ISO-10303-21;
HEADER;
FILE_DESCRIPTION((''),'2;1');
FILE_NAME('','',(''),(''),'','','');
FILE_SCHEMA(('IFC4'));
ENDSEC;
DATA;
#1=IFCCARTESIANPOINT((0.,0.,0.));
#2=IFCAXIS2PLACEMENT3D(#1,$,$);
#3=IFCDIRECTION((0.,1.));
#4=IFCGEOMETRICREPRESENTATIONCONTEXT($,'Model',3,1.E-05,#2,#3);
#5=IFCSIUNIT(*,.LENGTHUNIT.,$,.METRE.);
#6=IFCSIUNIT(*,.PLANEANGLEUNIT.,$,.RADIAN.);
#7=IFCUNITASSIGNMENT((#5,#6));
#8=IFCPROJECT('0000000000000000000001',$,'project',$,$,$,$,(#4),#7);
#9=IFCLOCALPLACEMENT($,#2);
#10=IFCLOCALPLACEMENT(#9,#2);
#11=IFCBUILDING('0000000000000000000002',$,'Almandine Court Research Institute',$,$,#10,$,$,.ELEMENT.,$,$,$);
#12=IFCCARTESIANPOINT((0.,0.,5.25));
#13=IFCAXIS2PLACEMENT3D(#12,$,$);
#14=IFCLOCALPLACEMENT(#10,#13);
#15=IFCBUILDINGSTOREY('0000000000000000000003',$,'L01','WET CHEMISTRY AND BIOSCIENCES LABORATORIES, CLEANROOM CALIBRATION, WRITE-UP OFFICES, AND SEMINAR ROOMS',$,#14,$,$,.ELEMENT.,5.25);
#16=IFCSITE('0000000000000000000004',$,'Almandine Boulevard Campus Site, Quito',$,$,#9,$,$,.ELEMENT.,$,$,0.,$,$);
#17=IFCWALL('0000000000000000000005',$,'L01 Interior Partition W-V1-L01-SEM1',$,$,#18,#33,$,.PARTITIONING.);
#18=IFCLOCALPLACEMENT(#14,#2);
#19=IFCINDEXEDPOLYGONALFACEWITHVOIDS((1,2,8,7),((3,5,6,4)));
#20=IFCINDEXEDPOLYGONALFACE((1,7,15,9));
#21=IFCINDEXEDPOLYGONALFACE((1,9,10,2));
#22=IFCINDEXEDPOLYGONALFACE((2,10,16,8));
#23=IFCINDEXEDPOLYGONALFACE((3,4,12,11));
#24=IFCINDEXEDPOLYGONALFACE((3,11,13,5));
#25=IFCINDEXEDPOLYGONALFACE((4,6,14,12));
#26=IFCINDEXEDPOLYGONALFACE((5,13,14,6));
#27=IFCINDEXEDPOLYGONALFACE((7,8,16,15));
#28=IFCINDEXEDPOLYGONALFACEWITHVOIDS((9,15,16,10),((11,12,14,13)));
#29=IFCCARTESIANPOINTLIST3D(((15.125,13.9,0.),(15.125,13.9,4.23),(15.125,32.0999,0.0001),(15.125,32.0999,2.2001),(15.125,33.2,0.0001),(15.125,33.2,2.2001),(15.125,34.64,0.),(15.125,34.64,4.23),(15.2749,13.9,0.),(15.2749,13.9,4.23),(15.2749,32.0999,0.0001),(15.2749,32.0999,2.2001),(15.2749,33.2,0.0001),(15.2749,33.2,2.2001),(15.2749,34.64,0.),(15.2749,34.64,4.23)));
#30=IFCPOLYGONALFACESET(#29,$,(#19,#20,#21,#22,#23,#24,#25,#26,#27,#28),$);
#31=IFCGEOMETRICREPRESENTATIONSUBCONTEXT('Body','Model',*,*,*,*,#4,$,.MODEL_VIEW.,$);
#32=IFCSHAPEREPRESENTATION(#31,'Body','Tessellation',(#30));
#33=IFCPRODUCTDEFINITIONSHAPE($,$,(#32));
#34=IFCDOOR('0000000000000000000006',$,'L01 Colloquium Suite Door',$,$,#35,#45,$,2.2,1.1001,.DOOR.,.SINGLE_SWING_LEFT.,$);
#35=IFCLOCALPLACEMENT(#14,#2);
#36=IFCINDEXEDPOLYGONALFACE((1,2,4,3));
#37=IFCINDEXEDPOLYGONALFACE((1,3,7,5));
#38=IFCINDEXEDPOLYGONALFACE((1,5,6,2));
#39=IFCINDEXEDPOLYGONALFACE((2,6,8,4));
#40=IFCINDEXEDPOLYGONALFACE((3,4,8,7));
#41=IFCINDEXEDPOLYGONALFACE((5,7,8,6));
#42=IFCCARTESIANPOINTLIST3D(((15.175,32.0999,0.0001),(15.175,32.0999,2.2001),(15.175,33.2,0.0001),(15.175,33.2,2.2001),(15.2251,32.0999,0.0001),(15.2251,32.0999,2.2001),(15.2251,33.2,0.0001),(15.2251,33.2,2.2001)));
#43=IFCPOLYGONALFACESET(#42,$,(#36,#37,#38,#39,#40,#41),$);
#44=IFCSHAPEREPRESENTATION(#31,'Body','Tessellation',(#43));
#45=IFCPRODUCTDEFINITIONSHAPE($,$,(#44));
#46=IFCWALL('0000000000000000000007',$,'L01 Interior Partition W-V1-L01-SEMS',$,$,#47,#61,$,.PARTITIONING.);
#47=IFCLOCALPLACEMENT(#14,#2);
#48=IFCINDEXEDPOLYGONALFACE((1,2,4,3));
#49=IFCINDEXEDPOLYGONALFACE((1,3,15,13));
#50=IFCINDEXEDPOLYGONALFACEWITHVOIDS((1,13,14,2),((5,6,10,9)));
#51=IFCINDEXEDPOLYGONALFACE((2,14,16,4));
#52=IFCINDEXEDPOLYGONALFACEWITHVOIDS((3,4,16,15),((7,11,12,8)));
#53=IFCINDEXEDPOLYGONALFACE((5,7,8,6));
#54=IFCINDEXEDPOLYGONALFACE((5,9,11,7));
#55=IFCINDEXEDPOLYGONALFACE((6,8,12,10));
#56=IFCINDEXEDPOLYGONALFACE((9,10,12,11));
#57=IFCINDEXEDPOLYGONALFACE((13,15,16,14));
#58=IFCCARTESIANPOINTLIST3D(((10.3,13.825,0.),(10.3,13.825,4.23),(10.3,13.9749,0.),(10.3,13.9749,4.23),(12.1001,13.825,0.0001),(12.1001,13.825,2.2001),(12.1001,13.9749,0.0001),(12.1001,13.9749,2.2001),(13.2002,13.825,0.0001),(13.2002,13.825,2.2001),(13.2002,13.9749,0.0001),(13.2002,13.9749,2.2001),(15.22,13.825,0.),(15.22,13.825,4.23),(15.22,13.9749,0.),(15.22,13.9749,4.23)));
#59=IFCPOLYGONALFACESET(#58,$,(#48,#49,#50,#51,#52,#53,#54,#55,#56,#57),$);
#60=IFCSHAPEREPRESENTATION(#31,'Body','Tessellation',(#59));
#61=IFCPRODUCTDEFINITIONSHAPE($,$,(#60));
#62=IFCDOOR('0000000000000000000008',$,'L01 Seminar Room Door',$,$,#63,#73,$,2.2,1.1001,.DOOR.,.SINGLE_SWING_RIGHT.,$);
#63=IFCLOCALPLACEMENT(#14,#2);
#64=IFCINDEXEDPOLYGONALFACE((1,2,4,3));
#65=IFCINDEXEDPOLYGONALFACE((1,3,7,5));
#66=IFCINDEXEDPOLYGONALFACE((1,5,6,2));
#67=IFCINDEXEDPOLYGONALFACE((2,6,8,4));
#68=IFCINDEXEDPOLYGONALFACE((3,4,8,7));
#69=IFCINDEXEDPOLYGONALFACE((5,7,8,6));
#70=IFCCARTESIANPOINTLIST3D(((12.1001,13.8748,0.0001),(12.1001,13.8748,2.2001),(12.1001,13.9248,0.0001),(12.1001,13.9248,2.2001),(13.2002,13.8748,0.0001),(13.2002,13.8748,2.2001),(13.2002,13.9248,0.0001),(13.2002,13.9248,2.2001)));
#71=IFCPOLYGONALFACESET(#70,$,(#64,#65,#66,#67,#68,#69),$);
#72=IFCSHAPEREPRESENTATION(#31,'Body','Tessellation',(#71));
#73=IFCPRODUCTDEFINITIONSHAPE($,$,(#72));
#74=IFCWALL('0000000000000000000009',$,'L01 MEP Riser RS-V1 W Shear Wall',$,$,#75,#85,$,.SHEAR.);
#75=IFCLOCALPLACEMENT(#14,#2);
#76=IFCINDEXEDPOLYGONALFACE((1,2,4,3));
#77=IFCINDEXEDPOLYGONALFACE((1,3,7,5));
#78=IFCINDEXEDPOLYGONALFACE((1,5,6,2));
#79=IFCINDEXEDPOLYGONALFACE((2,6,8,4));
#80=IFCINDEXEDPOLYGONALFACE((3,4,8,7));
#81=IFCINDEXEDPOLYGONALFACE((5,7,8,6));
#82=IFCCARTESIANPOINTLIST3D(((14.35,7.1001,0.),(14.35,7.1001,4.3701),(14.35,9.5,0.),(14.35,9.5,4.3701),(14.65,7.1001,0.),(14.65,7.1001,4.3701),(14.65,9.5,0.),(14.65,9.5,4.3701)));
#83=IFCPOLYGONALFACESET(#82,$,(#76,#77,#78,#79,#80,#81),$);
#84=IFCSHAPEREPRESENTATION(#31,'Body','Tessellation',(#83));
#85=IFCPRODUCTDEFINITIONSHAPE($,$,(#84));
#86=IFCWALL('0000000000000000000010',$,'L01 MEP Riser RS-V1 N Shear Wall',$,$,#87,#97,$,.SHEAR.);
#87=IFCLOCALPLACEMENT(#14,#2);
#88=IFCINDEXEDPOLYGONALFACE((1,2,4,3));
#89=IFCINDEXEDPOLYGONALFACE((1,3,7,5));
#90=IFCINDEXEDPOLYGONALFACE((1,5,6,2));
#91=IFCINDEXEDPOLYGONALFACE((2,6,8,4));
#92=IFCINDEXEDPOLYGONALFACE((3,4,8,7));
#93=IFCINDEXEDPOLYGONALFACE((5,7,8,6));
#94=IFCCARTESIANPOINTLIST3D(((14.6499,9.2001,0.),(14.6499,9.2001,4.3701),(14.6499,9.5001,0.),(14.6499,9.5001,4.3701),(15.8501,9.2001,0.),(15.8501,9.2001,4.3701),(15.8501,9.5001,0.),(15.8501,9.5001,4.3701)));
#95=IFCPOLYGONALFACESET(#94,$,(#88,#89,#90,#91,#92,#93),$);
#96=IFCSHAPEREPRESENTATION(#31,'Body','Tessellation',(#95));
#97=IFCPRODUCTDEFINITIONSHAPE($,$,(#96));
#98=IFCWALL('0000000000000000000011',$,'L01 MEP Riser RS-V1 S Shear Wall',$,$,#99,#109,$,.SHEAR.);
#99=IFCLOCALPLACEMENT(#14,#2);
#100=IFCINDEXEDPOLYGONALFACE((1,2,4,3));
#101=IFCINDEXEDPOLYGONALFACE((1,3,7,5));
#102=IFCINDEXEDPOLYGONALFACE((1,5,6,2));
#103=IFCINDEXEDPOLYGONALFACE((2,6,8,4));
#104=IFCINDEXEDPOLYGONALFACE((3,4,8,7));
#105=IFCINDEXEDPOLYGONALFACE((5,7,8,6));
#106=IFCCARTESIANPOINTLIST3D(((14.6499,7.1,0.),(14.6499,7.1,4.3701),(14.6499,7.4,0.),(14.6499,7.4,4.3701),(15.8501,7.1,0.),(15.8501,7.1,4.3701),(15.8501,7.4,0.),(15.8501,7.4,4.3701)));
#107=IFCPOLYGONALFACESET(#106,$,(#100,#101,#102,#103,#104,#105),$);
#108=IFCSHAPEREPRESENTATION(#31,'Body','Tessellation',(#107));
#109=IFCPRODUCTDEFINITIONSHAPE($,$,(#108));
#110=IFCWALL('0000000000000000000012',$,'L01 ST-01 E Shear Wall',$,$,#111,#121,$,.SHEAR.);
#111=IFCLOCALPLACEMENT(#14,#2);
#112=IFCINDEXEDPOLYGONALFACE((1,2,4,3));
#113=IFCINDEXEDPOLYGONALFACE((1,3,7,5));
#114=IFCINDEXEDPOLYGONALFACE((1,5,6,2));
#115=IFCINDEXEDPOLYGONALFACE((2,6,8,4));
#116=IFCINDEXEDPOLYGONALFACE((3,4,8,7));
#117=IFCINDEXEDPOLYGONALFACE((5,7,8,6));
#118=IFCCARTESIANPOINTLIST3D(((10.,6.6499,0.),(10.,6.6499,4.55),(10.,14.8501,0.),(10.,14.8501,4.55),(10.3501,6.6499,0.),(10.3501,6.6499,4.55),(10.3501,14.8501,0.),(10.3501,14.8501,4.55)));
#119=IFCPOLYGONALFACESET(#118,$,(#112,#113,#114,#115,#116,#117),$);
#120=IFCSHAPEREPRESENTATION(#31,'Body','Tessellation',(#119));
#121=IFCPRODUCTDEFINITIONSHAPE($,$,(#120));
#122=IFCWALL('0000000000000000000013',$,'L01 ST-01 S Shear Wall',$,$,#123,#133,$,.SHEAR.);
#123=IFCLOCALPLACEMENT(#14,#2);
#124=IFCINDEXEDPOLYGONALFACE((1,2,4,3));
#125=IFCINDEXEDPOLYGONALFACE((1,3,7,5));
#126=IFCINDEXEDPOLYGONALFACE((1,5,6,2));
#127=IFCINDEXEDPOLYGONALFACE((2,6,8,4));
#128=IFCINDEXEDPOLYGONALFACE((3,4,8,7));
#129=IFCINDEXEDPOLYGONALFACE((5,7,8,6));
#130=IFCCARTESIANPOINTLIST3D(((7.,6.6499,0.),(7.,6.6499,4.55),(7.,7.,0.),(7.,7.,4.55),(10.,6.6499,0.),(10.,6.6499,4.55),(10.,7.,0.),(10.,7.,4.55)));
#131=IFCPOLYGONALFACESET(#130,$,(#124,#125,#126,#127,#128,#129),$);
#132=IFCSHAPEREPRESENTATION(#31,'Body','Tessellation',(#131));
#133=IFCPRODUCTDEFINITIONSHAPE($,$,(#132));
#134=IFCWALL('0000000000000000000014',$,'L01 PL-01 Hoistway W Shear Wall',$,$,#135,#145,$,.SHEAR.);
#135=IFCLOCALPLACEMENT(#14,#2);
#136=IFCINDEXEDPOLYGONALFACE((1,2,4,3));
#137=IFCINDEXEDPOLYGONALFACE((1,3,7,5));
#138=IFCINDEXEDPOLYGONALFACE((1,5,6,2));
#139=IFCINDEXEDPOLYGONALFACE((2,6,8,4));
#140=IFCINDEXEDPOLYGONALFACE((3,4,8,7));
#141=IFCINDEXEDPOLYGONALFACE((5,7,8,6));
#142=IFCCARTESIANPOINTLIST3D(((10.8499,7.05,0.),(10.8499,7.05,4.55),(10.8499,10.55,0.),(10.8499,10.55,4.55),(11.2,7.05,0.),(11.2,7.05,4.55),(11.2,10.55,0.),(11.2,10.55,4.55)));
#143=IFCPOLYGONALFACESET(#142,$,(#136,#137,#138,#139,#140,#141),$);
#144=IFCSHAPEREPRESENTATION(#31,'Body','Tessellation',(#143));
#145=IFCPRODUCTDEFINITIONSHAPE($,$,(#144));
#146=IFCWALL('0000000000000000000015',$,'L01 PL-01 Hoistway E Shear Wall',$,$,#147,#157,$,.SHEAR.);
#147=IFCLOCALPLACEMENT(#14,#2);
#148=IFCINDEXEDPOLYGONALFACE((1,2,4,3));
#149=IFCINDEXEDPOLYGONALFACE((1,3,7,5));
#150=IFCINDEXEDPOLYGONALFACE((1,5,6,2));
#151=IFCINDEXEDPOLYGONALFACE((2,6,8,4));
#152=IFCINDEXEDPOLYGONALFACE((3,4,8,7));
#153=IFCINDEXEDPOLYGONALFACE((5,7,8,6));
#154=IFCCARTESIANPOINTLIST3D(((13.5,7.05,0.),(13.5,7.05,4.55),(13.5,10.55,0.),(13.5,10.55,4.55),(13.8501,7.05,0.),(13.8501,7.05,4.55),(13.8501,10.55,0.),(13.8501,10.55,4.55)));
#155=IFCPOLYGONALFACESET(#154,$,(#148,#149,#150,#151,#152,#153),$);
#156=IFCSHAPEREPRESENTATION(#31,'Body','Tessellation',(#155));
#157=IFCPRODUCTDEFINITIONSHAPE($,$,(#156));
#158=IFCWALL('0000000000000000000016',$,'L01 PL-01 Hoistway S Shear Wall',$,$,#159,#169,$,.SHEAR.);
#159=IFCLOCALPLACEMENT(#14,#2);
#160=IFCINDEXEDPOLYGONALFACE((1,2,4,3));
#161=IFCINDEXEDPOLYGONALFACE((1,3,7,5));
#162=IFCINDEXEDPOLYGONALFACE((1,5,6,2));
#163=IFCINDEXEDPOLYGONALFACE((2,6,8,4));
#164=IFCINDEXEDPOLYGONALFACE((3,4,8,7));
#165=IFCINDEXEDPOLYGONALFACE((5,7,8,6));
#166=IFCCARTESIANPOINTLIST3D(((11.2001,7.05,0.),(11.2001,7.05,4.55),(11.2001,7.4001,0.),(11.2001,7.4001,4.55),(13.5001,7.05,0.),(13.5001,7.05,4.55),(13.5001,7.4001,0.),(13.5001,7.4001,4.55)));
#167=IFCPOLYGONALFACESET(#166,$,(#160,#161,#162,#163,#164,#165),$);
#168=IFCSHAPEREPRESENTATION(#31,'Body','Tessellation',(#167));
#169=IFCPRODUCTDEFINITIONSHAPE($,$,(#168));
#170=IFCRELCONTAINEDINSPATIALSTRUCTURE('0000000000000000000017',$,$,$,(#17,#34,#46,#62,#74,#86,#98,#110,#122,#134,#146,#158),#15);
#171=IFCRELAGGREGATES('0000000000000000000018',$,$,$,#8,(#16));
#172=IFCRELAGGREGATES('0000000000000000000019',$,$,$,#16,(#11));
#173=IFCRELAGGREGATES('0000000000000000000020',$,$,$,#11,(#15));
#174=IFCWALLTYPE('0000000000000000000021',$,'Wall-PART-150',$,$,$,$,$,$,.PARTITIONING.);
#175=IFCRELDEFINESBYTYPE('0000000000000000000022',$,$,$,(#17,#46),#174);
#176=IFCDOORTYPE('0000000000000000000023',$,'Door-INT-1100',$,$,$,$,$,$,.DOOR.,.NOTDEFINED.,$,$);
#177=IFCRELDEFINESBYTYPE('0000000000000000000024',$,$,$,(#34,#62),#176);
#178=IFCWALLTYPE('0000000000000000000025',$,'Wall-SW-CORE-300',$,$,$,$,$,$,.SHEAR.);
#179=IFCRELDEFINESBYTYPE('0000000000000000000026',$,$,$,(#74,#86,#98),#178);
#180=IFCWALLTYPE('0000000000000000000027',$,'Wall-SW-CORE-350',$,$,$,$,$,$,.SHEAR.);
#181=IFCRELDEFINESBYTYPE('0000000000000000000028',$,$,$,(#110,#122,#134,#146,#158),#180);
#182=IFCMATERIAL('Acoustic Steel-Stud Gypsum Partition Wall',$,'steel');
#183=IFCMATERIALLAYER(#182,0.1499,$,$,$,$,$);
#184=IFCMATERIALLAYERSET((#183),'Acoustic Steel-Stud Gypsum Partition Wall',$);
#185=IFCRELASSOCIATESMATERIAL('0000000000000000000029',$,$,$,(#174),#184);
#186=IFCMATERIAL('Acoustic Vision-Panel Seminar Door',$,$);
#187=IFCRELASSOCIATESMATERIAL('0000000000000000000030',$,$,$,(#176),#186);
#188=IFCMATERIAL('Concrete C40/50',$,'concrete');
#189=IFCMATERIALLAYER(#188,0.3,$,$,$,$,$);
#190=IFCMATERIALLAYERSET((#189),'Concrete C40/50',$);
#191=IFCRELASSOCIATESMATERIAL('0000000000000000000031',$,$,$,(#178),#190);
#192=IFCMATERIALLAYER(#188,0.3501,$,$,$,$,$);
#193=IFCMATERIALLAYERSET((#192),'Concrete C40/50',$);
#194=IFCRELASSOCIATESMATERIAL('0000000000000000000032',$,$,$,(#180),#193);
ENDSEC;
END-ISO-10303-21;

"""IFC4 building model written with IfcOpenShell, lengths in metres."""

from ifc_helpers import new_model, si_unit, direction, frame, frame_2d, origin, place, context, subcontext, project, spatial, rectangle, extrude, material, layer, layer_set, type_object, element, fill, save


model = new_model("IFC4")

# Units and contexts
model_context = context("Model", 3, precision=1e-05, world=origin(), true_north=direction((0.0, 1.0)))
body_context = subcontext(model_context, "Body", "Model", "MODEL_VIEW")
ifc_project = project(units=[si_unit("LENGTHUNIT", "METRE"), si_unit("PLANEANGLEUNIT", "RADIAN")], contexts=[model_context])

# Site, building, storey
site_placement = place(None, origin())
site = spatial("IfcSite", under=ifc_project, at=site_placement, Name="Almandine Boulevard Campus Site, Quito", CompositionType="ELEMENT", RefElevation=0.0)
building_placement = place(site_placement, origin())
building = spatial("IfcBuilding", under=site, at=building_placement, Name="Almandine Court Research Institute", CompositionType="ELEMENT")
storey_placement = place(building_placement, frame((0.0, 0.0, 5.25)))
storey = spatial("IfcBuildingStorey", under=building, at=storey_placement, Name="L01", Description="WET CHEMISTRY AND BIOSCIENCES LABORATORIES, CLEANROOM CALIBRATION, WRITE-UP OFFICES, AND SEMINAR ROOMS", CompositionType="ELEMENT", Elevation=5.25)

# Walls, openings, doors
ifc_material_1 = material(Name="Acoustic Steel-Stud Gypsum Partition Wall", Category="steel")
ifc_layer_1 = layer(ifc_material_1, 0.1499)
ifc_layer_set_1 = layer_set([ifc_layer_1], Name="Acoustic Steel-Stud Gypsum Partition Wall")
wall_type_1 = type_object("IfcWallType", Name="Wall-PART-150", PredefinedType="PARTITIONING", material=ifc_layer_set_1)
wall_1_placement = place(storey_placement, frame((15.2, 13.8999, 0.0), z_axis=(0.0, 0.0, 1.0), x_axis=(0.0, 1.0, 0.0)))
wall_1 = element("IfcWall", 1, at=wall_1_placement, inside=storey, type_object=wall_type_1, Name="L01 Interior Partition W-V1-L01-SEM1", PredefinedType="PARTITIONING", context=body_context, shape_type="SweptSolid", body=[
    extrude(rectangle(XDim=20.74, YDim=0.1499, at=frame_2d((10.3701, 0.0))), origin(), (0.0, 0.0, 1.0), 4.23),
])
opening_1_placement = place(wall_1_placement, frame((18.2, 0.0, 0.0)))
opening_1 = element("IfcOpeningElement", 2, at=opening_1_placement, cuts=wall_1, PredefinedType="OPENING", context=body_context, shape_type="SweptSolid", body=[
    extrude(rectangle(XDim=1.1001, YDim=2.2, at=frame_2d((0.55, 1.1001))), frame((0.0, 0.085, 0.0), z_axis=(0.0, -1.0, 0.0), x_axis=(1.0, 0.0, 0.0)), (0.0, 0.0, 1.0), 0.1699),
])
ifc_material_2 = material(Name="Acoustic Vision-Panel Seminar Door")
door_type_1 = type_object("IfcDoorType", Name="Door-INT-1100", OperationType="NOTDEFINED", PredefinedType="DOOR", material=ifc_material_2)
door_1_placement = place(opening_1_placement, origin())
door_1 = element("IfcDoor", 3, at=door_1_placement, inside=storey, type_object=door_type_1, Name="L01 Colloquium Suite Door", OperationType="SINGLE_SWING_LEFT", OverallHeight=2.2, OverallWidth=1.1001, PredefinedType="DOOR", context=body_context, shape_type="SweptSolid", body=[
    extrude(rectangle(XDim=1.1001, YDim=2.2, at=frame_2d((0.55, 1.1001))), frame((0.0, 0.0249, 0.0), z_axis=(0.0, -1.0, 0.0), x_axis=(1.0, 0.0, 0.0)), (0.0, 0.0, 1.0), 0.05),
])
fill(opening_1, door_1)
wall_2_placement = place(storey_placement, frame((10.3, 13.8999, 0.0), z_axis=(0.0, 0.0, 1.0), x_axis=(1.0, 0.0, 0.0)))
wall_2 = element("IfcWall", 4, at=wall_2_placement, inside=storey, type_object=wall_type_1, Name="L01 Interior Partition W-V1-L01-SEMS", PredefinedType="PARTITIONING", context=body_context, shape_type="SweptSolid", body=[
    extrude(rectangle(XDim=4.9199, YDim=0.1499, at=frame_2d((2.46, 0.0))), origin(), (0.0, 0.0, 1.0), 4.23),
])
opening_2_placement = place(wall_2_placement, frame((1.8, 0.0, 0.0)))
opening_2 = element("IfcOpeningElement", 5, at=opening_2_placement, cuts=wall_2, PredefinedType="OPENING", context=body_context, shape_type="SweptSolid", body=[
    extrude(rectangle(XDim=1.1001, YDim=2.2, at=frame_2d((0.55, 1.1001))), frame((0.0, 0.085, 0.0), z_axis=(0.0, -1.0, 0.0), x_axis=(1.0, 0.0, 0.0)), (0.0, 0.0, 1.0), 0.1699),
])
door_2_placement = place(opening_2_placement, origin())
door_2 = element("IfcDoor", 6, at=door_2_placement, inside=storey, type_object=door_type_1, Name="L01 Seminar Room Door", OperationType="SINGLE_SWING_RIGHT", OverallHeight=2.2, OverallWidth=1.1001, PredefinedType="DOOR", context=body_context, shape_type="SweptSolid", body=[
    extrude(rectangle(XDim=1.1001, YDim=2.2, at=frame_2d((0.55, 1.1001))), frame((0.0, 0.0249, 0.0), z_axis=(0.0, -1.0, 0.0), x_axis=(1.0, 0.0, 0.0)), (0.0, 0.0, 1.0), 0.05),
])
fill(opening_2, door_2)

# Walls
ifc_material_3 = material(Name="Concrete C40/50", Category="concrete")
ifc_layer_2 = layer(ifc_material_3, 0.3)
ifc_layer_set_2 = layer_set([ifc_layer_2], Name="Concrete C40/50")
wall_type_2 = type_object("IfcWallType", Name="Wall-SW-CORE-300", PredefinedType="SHEAR", material=ifc_layer_set_2)
wall_3_placement = place(storey_placement, frame((14.5, 7.1001, 0.0), z_axis=(0.0, 0.0, 1.0), x_axis=(0.0, 1.0, 0.0)))
element("IfcWall", 7, at=wall_3_placement, inside=storey, type_object=wall_type_2, Name="L01 MEP Riser RS-V1 W Shear Wall", PredefinedType="SHEAR", context=body_context, shape_type="SweptSolid", body=[
    extrude(rectangle(XDim=2.3999, YDim=0.3, at=frame_2d((1.2, 0.0))), origin(), (0.0, 0.0, 1.0), 4.3701),
])
for number, where, z_axis, x_axis, name in (
    (8, (14.6499, 9.3501, 0.0), (0.0, 0.0, 1.0), (1.0, 0.0, 0.0), "L01 MEP Riser RS-V1 N Shear Wall"),
    (9, (15.8501, 7.25, 0.0), (0.0, 0.0, 1.0), (-1.0, 0.0, 0.0), "L01 MEP Riser RS-V1 S Shear Wall"),
):
    element("IfcWall", number, at=place(storey_placement, frame(where, z_axis=z_axis, x_axis=x_axis)), inside=storey, type_object=wall_type_2, Name=name, PredefinedType="SHEAR", context=body_context, shape_type="SweptSolid", body=[
        extrude(rectangle(XDim=1.2002, YDim=0.3, at=frame_2d((0.6001, 0.0))), origin(), (0.0, 0.0, 1.0), 4.3701),
    ])
ifc_layer_3 = layer(ifc_material_3, 0.3501)
ifc_layer_set_3 = layer_set([ifc_layer_3], Name="Concrete C40/50")
wall_type_3 = type_object("IfcWallType", Name="Wall-SW-CORE-350", PredefinedType="SHEAR", material=ifc_layer_set_3)
wall_4_placement = place(storey_placement, frame((10.175, 14.8501, 0.0), z_axis=(0.0, 0.0, 1.0), x_axis=(0.0, -1.0, 0.0)))
element("IfcWall", 10, at=wall_4_placement, inside=storey, type_object=wall_type_3, Name="L01 ST-01 E Shear Wall", PredefinedType="SHEAR", context=body_context, shape_type="SweptSolid", body=[
    extrude(rectangle(XDim=8.2002, YDim=0.3501, at=frame_2d((4.1001, 0.0))), origin(), (0.0, 0.0, 1.0), 4.55),
])
wall_5_placement = place(storey_placement, frame((10.0, 6.825, 0.0), z_axis=(0.0, 0.0, 1.0), x_axis=(-1.0, 0.0, 0.0)))
element("IfcWall", 11, at=wall_5_placement, inside=storey, type_object=wall_type_3, Name="L01 ST-01 S Shear Wall", PredefinedType="SHEAR", context=body_context, shape_type="SweptSolid", body=[
    extrude(rectangle(XDim=3.0, YDim=0.3501, at=frame_2d((1.5, 0.0))), origin(), (0.0, 0.0, 1.0), 4.55),
])
wall_6_placement = place(storey_placement, frame((11.0249, 7.05, 0.0), z_axis=(0.0, 0.0, 1.0), x_axis=(0.0, 1.0, 0.0)))
element("IfcWall", 12, at=wall_6_placement, inside=storey, type_object=wall_type_3, Name="L01 PL-01 Hoistway W Shear Wall", PredefinedType="SHEAR", context=body_context, shape_type="SweptSolid", body=[
    extrude(rectangle(XDim=3.5, YDim=0.3501, at=frame_2d((1.75, 0.0))), origin(), (0.0, 0.0, 1.0), 4.55),
])

# Walls
wall_7_placement = place(storey_placement, frame((13.675, 10.55, 0.0), z_axis=(0.0, 0.0, 1.0), x_axis=(0.0, -1.0, 0.0)))
element("IfcWall", 13, at=wall_7_placement, inside=storey, type_object=wall_type_3, Name="L01 PL-01 Hoistway E Shear Wall", PredefinedType="SHEAR", context=body_context, shape_type="SweptSolid", body=[
    extrude(rectangle(XDim=3.5, YDim=0.3501, at=frame_2d((1.75, 0.0))), origin(), (0.0, 0.0, 1.0), 4.55),
])
wall_8_placement = place(storey_placement, frame((13.5, 7.2251, 0.0), z_axis=(0.0, 0.0, 1.0), x_axis=(-1.0, 0.0, 0.0)))
element("IfcWall", 14, at=wall_8_placement, inside=storey, type_object=wall_type_3, Name="L01 PL-01 Hoistway S Shear Wall", PredefinedType="SHEAR", context=body_context, shape_type="SweptSolid", body=[
    extrude(rectangle(XDim=2.3, YDim=0.3501, at=frame_2d((1.1499, 0.0))), origin(), (0.0, 0.0, 1.0), 4.55),
])

save(model, "model.ifc")
